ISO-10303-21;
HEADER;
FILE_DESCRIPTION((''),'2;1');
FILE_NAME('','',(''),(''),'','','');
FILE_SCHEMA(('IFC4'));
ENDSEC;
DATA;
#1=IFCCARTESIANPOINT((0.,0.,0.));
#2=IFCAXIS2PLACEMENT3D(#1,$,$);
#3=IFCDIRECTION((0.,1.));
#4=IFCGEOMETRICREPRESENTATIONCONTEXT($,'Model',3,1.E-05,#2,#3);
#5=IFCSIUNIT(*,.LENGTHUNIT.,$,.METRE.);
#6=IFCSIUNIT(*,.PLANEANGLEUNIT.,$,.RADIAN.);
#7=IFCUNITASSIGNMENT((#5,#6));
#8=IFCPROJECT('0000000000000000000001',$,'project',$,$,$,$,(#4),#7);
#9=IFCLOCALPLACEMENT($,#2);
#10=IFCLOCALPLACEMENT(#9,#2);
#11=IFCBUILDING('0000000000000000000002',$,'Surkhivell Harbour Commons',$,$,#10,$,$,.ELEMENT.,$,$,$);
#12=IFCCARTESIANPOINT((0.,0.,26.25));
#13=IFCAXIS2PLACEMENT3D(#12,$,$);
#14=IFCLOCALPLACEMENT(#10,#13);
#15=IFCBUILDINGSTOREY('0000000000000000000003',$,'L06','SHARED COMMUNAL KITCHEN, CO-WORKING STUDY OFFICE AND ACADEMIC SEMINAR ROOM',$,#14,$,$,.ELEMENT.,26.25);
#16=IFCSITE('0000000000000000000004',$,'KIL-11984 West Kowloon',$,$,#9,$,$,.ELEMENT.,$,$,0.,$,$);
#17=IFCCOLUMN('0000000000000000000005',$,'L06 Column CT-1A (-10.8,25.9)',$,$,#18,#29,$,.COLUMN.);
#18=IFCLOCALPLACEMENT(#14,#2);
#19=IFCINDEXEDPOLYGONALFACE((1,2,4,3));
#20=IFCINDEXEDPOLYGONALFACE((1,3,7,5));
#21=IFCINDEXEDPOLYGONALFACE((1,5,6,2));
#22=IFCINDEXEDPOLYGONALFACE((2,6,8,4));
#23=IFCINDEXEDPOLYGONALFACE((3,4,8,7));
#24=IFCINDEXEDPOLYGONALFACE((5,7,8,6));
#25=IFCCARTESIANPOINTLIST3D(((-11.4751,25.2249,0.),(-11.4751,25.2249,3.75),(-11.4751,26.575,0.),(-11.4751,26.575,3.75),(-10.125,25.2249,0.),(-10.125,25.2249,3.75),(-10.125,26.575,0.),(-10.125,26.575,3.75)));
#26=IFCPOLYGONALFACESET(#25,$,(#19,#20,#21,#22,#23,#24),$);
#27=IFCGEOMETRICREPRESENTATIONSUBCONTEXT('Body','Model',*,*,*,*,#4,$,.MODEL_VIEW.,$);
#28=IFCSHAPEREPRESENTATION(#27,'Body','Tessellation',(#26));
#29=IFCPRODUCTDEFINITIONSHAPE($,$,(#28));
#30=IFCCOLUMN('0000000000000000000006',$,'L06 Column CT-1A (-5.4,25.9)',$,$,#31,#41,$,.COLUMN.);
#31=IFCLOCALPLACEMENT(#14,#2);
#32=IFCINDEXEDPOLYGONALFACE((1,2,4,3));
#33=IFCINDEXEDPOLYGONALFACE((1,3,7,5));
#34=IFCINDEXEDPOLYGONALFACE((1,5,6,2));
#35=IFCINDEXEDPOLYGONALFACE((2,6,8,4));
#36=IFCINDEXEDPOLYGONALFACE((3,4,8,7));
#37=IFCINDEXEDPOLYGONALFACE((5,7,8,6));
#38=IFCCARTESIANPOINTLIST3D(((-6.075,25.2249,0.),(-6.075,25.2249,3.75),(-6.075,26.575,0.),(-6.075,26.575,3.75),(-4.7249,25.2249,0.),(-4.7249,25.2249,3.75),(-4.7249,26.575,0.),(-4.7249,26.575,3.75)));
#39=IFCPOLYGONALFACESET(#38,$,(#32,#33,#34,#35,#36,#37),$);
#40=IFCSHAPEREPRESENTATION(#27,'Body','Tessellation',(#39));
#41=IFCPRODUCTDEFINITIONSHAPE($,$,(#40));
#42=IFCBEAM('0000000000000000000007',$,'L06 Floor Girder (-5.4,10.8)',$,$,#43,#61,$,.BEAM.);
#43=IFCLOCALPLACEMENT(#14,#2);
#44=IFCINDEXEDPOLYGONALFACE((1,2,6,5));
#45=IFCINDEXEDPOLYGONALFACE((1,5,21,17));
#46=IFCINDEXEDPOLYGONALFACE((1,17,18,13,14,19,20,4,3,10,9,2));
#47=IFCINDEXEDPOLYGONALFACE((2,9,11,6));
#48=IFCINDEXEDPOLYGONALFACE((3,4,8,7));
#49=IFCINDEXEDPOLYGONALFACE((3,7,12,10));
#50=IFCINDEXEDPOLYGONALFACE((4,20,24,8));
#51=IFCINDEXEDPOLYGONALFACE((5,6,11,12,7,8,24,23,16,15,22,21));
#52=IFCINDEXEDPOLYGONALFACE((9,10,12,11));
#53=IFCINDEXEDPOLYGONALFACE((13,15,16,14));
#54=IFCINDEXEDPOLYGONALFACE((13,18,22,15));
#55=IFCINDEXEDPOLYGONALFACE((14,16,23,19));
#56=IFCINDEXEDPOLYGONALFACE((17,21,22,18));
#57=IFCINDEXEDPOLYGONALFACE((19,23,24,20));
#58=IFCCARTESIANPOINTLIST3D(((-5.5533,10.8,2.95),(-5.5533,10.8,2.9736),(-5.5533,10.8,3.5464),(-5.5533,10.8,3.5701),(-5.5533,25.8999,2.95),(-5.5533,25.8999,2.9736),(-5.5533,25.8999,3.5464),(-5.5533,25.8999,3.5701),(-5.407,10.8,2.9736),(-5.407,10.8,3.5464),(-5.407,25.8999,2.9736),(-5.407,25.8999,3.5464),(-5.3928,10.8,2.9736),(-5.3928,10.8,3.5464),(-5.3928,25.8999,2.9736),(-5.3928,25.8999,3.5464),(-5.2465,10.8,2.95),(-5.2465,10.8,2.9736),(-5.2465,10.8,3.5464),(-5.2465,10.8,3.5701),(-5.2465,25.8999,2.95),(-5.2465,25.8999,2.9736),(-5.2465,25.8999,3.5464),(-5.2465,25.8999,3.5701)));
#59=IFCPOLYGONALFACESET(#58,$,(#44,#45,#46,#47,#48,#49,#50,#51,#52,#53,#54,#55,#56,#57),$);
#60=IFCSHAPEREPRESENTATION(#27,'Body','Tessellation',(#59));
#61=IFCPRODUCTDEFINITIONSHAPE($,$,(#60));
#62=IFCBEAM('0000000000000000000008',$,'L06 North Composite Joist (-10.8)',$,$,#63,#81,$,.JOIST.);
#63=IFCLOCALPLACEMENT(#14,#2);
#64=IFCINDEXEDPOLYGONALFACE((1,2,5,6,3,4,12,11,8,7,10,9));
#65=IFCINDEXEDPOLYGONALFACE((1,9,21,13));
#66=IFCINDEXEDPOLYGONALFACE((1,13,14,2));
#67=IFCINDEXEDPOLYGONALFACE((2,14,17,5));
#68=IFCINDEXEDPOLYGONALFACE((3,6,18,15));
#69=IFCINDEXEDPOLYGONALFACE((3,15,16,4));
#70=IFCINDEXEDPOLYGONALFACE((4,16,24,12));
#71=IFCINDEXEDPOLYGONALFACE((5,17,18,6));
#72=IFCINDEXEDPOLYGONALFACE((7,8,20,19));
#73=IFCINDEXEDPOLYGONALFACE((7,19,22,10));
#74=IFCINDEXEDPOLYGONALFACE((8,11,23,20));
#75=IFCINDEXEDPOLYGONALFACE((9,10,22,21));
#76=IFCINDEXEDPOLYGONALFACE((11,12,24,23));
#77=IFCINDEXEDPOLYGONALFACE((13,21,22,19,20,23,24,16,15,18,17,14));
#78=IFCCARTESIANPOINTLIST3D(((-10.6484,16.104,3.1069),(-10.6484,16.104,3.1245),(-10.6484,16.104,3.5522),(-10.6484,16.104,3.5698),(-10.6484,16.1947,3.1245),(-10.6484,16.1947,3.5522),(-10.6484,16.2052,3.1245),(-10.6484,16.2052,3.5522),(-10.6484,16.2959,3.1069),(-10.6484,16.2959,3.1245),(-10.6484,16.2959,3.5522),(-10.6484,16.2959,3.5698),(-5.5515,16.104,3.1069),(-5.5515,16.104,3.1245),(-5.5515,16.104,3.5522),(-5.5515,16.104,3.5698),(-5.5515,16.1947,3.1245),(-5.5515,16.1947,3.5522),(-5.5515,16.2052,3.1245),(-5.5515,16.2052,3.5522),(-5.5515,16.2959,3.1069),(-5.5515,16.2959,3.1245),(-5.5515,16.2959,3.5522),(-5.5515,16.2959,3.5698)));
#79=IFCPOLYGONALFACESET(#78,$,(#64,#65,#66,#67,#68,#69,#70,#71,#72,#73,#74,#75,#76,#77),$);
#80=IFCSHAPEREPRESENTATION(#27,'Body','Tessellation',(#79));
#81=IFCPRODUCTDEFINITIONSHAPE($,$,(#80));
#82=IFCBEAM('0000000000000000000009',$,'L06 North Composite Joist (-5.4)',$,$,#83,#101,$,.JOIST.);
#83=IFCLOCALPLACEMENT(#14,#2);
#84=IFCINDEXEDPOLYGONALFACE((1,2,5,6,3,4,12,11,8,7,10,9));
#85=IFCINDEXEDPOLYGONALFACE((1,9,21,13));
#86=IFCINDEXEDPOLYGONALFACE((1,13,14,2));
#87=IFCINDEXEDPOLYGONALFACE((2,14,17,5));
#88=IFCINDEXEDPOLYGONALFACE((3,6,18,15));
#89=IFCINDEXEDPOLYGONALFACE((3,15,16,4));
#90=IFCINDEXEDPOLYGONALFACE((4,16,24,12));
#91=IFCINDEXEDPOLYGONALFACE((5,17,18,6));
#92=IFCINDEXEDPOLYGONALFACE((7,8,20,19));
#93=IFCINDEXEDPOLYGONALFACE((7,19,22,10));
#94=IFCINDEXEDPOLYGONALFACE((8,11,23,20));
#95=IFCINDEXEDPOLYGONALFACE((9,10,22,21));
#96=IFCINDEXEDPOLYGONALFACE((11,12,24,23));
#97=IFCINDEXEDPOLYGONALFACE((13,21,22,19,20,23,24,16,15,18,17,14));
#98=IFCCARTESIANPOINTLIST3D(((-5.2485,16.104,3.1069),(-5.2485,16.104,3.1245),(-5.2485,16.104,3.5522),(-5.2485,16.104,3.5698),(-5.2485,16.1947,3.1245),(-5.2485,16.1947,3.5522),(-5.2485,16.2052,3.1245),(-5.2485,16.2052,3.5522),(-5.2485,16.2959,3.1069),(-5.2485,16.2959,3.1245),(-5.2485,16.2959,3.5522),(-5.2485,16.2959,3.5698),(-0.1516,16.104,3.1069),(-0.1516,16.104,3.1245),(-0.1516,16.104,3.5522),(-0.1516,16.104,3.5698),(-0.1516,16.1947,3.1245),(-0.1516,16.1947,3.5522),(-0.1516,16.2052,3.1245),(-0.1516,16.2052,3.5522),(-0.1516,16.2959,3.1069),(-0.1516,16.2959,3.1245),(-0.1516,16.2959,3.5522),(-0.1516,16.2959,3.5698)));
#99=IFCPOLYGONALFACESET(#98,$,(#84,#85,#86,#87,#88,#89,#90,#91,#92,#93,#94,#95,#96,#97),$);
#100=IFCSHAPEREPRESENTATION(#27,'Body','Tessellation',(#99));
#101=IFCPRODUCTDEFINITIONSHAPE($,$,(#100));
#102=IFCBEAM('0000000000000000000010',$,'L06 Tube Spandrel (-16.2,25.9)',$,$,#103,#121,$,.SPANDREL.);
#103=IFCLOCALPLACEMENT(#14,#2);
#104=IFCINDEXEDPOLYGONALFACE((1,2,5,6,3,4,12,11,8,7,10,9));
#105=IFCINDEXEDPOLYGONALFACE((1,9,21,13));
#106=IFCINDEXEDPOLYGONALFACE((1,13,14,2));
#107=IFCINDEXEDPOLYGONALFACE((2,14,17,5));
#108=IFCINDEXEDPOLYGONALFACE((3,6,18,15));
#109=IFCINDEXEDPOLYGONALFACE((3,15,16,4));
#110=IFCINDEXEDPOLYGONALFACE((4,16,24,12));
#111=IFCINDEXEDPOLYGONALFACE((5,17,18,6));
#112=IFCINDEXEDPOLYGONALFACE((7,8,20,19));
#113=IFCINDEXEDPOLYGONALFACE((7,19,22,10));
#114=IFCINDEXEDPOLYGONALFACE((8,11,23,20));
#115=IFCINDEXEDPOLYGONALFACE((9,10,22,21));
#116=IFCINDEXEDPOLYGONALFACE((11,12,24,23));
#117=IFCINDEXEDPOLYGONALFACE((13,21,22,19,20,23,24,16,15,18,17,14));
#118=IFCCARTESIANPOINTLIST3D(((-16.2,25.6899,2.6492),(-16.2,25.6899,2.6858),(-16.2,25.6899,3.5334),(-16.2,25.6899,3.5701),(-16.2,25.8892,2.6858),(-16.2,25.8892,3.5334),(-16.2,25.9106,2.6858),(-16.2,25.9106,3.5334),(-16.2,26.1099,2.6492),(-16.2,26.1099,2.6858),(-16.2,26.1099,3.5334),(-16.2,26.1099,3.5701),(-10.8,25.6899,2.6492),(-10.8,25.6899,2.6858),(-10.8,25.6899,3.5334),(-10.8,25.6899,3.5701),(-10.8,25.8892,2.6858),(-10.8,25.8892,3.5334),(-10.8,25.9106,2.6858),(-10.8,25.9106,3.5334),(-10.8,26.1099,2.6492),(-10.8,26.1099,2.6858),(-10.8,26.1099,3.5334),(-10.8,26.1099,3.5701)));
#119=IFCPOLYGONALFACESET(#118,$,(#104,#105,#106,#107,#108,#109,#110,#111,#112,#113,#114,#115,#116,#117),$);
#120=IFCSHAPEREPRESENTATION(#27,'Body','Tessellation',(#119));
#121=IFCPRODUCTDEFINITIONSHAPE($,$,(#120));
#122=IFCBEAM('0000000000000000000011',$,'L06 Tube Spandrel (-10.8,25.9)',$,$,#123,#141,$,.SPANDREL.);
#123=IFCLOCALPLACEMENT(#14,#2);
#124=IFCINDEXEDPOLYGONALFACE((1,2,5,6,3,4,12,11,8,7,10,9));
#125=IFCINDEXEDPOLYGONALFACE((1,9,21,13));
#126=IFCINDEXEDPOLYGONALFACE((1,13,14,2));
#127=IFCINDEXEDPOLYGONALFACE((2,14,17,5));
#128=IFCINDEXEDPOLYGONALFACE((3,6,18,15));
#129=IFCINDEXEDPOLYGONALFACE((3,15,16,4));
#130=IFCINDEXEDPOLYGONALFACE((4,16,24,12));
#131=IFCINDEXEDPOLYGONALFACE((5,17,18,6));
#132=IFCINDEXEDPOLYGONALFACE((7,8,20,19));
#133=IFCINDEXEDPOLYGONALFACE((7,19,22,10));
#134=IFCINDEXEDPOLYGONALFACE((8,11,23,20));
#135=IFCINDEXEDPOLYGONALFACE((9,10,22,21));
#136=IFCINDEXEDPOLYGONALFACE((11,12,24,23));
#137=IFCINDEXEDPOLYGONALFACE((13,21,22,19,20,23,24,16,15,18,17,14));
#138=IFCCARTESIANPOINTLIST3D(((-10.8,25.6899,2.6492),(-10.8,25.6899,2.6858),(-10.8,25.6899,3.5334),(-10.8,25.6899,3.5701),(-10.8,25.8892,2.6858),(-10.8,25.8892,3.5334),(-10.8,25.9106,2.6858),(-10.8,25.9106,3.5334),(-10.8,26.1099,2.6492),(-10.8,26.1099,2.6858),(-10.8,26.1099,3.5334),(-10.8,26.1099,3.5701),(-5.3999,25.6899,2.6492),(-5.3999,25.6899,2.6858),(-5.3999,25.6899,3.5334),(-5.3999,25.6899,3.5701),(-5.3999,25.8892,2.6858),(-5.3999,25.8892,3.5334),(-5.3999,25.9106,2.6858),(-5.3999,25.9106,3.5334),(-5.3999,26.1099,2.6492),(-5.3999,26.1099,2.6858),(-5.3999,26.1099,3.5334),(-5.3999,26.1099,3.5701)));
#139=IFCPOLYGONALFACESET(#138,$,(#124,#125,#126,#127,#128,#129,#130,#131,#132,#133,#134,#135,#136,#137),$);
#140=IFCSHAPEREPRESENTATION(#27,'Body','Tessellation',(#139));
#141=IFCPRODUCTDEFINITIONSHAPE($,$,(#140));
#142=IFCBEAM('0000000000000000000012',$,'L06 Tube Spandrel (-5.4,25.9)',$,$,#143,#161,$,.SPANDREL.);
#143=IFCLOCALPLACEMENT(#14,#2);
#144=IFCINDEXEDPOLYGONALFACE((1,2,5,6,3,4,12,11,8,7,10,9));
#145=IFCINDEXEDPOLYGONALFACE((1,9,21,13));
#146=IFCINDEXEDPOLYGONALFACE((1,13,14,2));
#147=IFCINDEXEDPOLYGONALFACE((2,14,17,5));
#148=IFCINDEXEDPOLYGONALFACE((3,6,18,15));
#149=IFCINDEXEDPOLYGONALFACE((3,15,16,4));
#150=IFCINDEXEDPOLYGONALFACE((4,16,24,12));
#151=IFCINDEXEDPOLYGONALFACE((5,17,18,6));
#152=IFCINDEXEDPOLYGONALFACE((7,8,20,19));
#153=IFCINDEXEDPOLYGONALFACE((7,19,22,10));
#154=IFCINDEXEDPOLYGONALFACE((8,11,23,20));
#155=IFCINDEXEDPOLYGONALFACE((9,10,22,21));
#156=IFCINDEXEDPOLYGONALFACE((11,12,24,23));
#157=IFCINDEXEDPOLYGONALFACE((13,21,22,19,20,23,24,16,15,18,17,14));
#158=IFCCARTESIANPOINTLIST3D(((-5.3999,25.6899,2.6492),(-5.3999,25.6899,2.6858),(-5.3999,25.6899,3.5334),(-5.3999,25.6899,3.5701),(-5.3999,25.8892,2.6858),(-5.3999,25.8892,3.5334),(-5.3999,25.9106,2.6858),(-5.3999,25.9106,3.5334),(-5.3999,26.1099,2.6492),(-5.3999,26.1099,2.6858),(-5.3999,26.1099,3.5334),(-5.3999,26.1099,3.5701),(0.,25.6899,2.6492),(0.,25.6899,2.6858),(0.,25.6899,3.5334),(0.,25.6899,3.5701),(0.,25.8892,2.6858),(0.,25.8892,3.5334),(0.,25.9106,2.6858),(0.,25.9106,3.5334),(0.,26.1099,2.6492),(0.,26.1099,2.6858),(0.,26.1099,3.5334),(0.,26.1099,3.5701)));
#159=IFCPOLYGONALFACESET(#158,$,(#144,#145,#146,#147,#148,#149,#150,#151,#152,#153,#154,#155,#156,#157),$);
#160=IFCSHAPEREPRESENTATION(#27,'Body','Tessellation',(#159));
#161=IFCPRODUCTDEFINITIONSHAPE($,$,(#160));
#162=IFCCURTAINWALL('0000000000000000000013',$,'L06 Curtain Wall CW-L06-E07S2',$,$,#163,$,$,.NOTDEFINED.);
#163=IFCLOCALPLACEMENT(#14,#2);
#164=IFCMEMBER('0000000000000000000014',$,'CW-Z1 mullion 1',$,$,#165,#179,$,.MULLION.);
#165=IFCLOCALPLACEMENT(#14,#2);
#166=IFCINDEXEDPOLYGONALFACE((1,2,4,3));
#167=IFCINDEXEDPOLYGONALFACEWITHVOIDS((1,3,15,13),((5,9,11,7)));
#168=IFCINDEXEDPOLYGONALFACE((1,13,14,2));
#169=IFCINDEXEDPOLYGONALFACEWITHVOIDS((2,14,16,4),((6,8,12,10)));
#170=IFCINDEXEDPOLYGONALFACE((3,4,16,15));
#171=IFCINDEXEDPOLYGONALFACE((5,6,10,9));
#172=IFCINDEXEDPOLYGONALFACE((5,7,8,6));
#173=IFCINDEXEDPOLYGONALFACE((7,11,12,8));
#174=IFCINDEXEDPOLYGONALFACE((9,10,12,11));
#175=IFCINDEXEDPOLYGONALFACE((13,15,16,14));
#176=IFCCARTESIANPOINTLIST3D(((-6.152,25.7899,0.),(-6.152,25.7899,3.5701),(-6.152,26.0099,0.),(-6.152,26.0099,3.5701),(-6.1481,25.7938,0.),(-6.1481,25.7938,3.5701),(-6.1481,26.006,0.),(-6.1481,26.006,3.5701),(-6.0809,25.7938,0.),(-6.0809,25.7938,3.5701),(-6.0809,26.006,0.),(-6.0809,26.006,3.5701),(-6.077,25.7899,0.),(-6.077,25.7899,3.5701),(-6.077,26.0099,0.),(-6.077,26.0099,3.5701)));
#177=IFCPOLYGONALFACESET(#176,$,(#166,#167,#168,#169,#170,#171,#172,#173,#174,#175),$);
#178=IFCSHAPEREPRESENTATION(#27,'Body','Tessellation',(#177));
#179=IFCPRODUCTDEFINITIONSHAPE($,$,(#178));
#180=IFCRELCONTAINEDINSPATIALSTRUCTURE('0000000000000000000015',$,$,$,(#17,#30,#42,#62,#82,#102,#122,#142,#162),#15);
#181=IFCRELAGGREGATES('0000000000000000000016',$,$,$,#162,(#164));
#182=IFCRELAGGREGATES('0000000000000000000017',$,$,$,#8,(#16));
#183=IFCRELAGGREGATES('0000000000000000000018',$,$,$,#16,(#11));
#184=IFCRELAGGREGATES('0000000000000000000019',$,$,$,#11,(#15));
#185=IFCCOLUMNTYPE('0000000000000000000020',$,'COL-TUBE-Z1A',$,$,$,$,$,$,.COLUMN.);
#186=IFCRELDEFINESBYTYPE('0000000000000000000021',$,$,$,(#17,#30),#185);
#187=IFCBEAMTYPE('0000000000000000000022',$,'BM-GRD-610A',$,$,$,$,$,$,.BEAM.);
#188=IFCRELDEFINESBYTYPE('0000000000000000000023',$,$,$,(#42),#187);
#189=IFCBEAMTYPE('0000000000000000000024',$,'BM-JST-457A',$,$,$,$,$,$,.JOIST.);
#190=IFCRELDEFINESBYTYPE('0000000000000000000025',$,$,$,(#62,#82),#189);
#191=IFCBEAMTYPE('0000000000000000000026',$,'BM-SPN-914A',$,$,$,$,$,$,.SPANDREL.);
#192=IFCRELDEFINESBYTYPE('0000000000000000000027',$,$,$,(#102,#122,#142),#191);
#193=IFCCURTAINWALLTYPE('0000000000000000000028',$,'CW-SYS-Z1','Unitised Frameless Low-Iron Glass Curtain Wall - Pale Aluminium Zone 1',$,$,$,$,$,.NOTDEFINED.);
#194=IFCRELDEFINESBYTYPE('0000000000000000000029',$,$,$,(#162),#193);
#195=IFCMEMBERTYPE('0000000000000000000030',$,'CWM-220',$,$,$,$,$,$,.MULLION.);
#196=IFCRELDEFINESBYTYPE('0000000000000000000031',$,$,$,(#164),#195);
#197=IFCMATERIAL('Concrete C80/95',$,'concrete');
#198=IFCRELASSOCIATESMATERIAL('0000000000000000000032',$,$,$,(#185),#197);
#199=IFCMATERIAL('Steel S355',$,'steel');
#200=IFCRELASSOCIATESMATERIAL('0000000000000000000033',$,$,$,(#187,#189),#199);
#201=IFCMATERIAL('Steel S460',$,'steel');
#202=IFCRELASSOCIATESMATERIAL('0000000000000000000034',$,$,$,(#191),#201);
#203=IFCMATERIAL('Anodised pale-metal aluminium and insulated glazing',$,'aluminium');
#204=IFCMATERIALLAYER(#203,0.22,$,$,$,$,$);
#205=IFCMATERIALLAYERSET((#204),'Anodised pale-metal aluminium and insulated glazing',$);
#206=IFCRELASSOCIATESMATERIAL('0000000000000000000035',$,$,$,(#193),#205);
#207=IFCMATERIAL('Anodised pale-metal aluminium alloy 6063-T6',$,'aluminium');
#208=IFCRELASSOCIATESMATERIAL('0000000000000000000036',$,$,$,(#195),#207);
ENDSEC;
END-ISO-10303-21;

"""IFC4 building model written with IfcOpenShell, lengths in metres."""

from ifc_helpers import new_model, si_unit, direction, frame, origin, origin_2d, place, context, subcontext, project, spatial, rectangle, hollow_rectangle, i_section, extrude, material, layer, layer_set, material_profile, profile_set, type_object, element, aggregate, save


model = new_model("IFC4")

# Units and contexts
model_context = context("Model", 3, precision=1e-05, world=origin(), true_north=direction((0.0, 1.0)))
body_context = subcontext(model_context, "Body", "Model", "MODEL_VIEW")
ifc_project = project(units=[si_unit("LENGTHUNIT", "METRE"), si_unit("PLANEANGLEUNIT", "RADIAN")], contexts=[model_context])

# Site, building, storey
site_placement = place(None, origin())
site = spatial("IfcSite", under=ifc_project, at=site_placement, Name="KIL-11984 West Kowloon", CompositionType="ELEMENT", RefElevation=0.0)
building_placement = place(site_placement, origin())
building = spatial("IfcBuilding", under=site, at=building_placement, Name="Surkhivell Harbour Commons", CompositionType="ELEMENT")
storey_placement = place(building_placement, frame((0.0, 0.0, 26.25)))
storey = spatial("IfcBuildingStorey", under=building, at=storey_placement, Name="L06", Description="SHARED COMMUNAL KITCHEN, CO-WORKING STUDY OFFICE AND ACADEMIC SEMINAR ROOM", CompositionType="ELEMENT", Elevation=26.25)

# Columns
ifc_material_1 = material(Name="Concrete C80/95", Category="concrete")
ifc_material_profile_1 = material_profile(ifc_material_1, rectangle(XDim=1.3501, YDim=1.3501, at=origin_2d()), Name="RC-COL-1350x1350")
ifc_profile_set_1 = profile_set([ifc_material_profile_1], Name="Concrete C80/95")
column_type = type_object("IfcColumnType", Name="COL-TUBE-Z1A", PredefinedType="COLUMN", material=ifc_profile_set_1)
for number, where, z_axis, x_axis, name in (
    (1, (-10.8, 25.8999, 0.0), (0.0, 0.0, 1.0), (1.0, 0.0, 0.0), "L06 Column CT-1A (-10.8,25.9)"),
    (2, (-5.3999, 25.8999, 0.0), (0.0, 0.0, 1.0), (1.0, 0.0, 0.0), "L06 Column CT-1A (-5.4,25.9)"),
):
    element("IfcColumn", number, at=place(storey_placement, frame(where, z_axis=z_axis, x_axis=x_axis)), inside=storey, type_object=column_type, Name=name, PredefinedType="COLUMN", context=body_context, shape_type="SweptSolid", body=[
        extrude(rectangle(XDim=1.3501, YDim=1.3501, at=origin_2d()), origin(), (0.0, 0.0, 1.0), 3.75),
    ])

# Beams
ifc_material_2 = material(Name="Steel S355", Category="steel")
ifc_material_profile_2 = material_profile(ifc_material_2, i_section(OverallWidth=0.3069, OverallDepth=0.6201, WebThickness=0.0142, FlangeThickness=0.0237, at=origin_2d()), Name="UB610x305x179")
ifc_profile_set_2 = profile_set([ifc_material_profile_2], Name="Steel S355")
beam_type_1 = type_object("IfcBeamType", Name="BM-GRD-610A", PredefinedType="BEAM", material=ifc_profile_set_2)
beam_1_placement = place(storey_placement, frame((-5.3999, 10.8, 3.26), z_axis=(0.0, 1.0, 0.0), x_axis=(-1.0, 0.0, 0.0)))
element("IfcBeam", 3, at=beam_1_placement, inside=storey, type_object=beam_type_1, Name="L06 Floor Girder (-5.4,10.8)", PredefinedType="BEAM", context=body_context, shape_type="SweptSolid", body=[
    extrude(i_section(OverallWidth=0.3069, OverallDepth=0.6201, WebThickness=0.0142, FlangeThickness=0.0237, at=origin_2d()), origin(), (0.0, 0.0, 1.0), 15.0999),
])
ifc_material_profile_3 = material_profile(ifc_material_2, i_section(OverallWidth=0.1919, OverallDepth=0.4629, WebThickness=0.0105, FlangeThickness=0.0176, at=origin_2d()), Name="UB457x191x89")
ifc_profile_set_3 = profile_set([ifc_material_profile_3], Name="Steel S355")
beam_type_2 = type_object("IfcBeamType", Name="BM-JST-457A", PredefinedType="JOIST", material=ifc_profile_set_3)
for number, where, z_axis, x_axis, name in (
    (4, (-10.6484, 16.2, 3.3384), (1.0, 0.0, 0.0), (0.0, 1.0, 0.0), "L06 North Composite Joist (-10.8)"),
    (5, (-5.2485, 16.2, 3.3384), (1.0, 0.0, 0.0), (0.0, 1.0, 0.0), "L06 North Composite Joist (-5.4)"),
):
    element("IfcBeam", number, at=place(storey_placement, frame(where, z_axis=z_axis, x_axis=x_axis)), inside=storey, type_object=beam_type_2, Name=name, PredefinedType="JOIST", context=body_context, shape_type="SweptSolid", body=[
        extrude(i_section(OverallWidth=0.1919, OverallDepth=0.4629, WebThickness=0.0105, FlangeThickness=0.0176, at=origin_2d()), origin(), (0.0, 0.0, 1.0), 5.0969),
    ])
ifc_material_3 = material(Name="Steel S460", Category="steel")
ifc_material_profile_4 = material_profile(ifc_material_3, i_section(OverallWidth=0.4199, OverallDepth=0.9209, WebThickness=0.0215, FlangeThickness=0.0366, at=origin_2d()), Name="UB914x419x388")
ifc_profile_set_4 = profile_set([ifc_material_profile_4], Name="Steel S460")
beam_type_3 = type_object("IfcBeamType", Name="BM-SPN-914A", PredefinedType="SPANDREL", material=ifc_profile_set_4)
beam_2_placement = place(storey_placement, frame((-16.2, 25.8999, 3.1096), z_axis=(1.0, 0.0, 0.0), x_axis=(0.0, 1.0, 0.0)))
element("IfcBeam", 6, at=beam_2_placement, inside=storey, type_object=beam_type_3, Name="L06 Tube Spandrel (-16.2,25.9)", PredefinedType="SPANDREL", context=body_context, shape_type="SweptSolid", body=[
    extrude(i_section(OverallWidth=0.4199, OverallDepth=0.9209, WebThickness=0.0215, FlangeThickness=0.0366, at=origin_2d()), origin(), (0.0, 0.0, 1.0), 5.3999),
])
beam_3_placement = place(storey_placement, frame((-10.8, 25.8999, 3.1096), z_axis=(1.0, 0.0, 0.0), x_axis=(0.0, 1.0, 0.0)))
element("IfcBeam", 7, at=beam_3_placement, inside=storey, type_object=beam_type_3, Name="L06 Tube Spandrel (-10.8,25.9)", PredefinedType="SPANDREL", context=body_context, shape_type="SweptSolid", body=[
    extrude(i_section(OverallWidth=0.4199, OverallDepth=0.9209, WebThickness=0.0215, FlangeThickness=0.0366, at=origin_2d()), origin(), (0.0, 0.0, 1.0), 5.4001),
])
beam_4_placement = place(storey_placement, frame((-5.3999, 25.8999, 3.1096), z_axis=(1.0, 0.0, 0.0), x_axis=(0.0, 1.0, 0.0)))
element("IfcBeam", 8, at=beam_4_placement, inside=storey, type_object=beam_type_3, Name="L06 Tube Spandrel (-5.4,25.9)", PredefinedType="SPANDREL", context=body_context, shape_type="SweptSolid", body=[
    extrude(i_section(OverallWidth=0.4199, OverallDepth=0.9209, WebThickness=0.0215, FlangeThickness=0.0366, at=origin_2d()), origin(), (0.0, 0.0, 1.0), 5.3999),
])

# Curtain wall, member
ifc_material_4 = material(Name="Anodised pale-metal aluminium and insulated glazing", Category="aluminium")
ifc_layer_1 = layer(ifc_material_4, 0.22)
ifc_layer_set_1 = layer_set([ifc_layer_1], Name="Anodised pale-metal aluminium and insulated glazing")
curtain_wall_type = type_object("IfcCurtainWallType", Name="CW-SYS-Z1", Description="Unitised Frameless Low-Iron Glass Curtain Wall - Pale Aluminium Zone 1", PredefinedType="NOTDEFINED", material=ifc_layer_set_1)
curtain_wall_placement = place(storey_placement, origin())
curtain_wall = element("IfcCurtainWall", 9, at=curtain_wall_placement, inside=storey, type_object=curtain_wall_type, Name="L06 Curtain Wall CW-L06-E07S2", PredefinedType="NOTDEFINED")
ifc_material_5 = material(Name="Anodised pale-metal aluminium alloy 6063-T6", Category="aluminium")
ifc_material_profile_5 = material_profile(ifc_material_5, hollow_rectangle(XDim=0.075, YDim=0.22, WallThickness=0.0039, at=origin_2d()), Name="ALU-MULL-75x220")
ifc_profile_set_5 = profile_set([ifc_material_profile_5], Name="Anodised pale-metal aluminium alloy 6063-T6")
member_type_1 = type_object("IfcMemberType", Name="CWM-220", PredefinedType="MULLION", material=ifc_profile_set_5)
member_1_placement = place(storey_placement, frame((-6.1145, 25.8999, 0.0), z_axis=(0.0, 0.0, 1.0), x_axis=(-1.0, 0.0, 0.0)))
member_1 = element("IfcMember", 10, at=member_1_placement, type_object=member_type_1, Name="CW-Z1 mullion 1", PredefinedType="MULLION", context=body_context, shape_type="SweptSolid", body=[
    extrude(hollow_rectangle(XDim=0.075, YDim=0.22, WallThickness=0.0039, at=origin_2d()), origin(), (0.0, 0.0, 1.0), 3.5701),
])
aggregate(curtain_wall, [member_1])

save(model, "model.ifc")
